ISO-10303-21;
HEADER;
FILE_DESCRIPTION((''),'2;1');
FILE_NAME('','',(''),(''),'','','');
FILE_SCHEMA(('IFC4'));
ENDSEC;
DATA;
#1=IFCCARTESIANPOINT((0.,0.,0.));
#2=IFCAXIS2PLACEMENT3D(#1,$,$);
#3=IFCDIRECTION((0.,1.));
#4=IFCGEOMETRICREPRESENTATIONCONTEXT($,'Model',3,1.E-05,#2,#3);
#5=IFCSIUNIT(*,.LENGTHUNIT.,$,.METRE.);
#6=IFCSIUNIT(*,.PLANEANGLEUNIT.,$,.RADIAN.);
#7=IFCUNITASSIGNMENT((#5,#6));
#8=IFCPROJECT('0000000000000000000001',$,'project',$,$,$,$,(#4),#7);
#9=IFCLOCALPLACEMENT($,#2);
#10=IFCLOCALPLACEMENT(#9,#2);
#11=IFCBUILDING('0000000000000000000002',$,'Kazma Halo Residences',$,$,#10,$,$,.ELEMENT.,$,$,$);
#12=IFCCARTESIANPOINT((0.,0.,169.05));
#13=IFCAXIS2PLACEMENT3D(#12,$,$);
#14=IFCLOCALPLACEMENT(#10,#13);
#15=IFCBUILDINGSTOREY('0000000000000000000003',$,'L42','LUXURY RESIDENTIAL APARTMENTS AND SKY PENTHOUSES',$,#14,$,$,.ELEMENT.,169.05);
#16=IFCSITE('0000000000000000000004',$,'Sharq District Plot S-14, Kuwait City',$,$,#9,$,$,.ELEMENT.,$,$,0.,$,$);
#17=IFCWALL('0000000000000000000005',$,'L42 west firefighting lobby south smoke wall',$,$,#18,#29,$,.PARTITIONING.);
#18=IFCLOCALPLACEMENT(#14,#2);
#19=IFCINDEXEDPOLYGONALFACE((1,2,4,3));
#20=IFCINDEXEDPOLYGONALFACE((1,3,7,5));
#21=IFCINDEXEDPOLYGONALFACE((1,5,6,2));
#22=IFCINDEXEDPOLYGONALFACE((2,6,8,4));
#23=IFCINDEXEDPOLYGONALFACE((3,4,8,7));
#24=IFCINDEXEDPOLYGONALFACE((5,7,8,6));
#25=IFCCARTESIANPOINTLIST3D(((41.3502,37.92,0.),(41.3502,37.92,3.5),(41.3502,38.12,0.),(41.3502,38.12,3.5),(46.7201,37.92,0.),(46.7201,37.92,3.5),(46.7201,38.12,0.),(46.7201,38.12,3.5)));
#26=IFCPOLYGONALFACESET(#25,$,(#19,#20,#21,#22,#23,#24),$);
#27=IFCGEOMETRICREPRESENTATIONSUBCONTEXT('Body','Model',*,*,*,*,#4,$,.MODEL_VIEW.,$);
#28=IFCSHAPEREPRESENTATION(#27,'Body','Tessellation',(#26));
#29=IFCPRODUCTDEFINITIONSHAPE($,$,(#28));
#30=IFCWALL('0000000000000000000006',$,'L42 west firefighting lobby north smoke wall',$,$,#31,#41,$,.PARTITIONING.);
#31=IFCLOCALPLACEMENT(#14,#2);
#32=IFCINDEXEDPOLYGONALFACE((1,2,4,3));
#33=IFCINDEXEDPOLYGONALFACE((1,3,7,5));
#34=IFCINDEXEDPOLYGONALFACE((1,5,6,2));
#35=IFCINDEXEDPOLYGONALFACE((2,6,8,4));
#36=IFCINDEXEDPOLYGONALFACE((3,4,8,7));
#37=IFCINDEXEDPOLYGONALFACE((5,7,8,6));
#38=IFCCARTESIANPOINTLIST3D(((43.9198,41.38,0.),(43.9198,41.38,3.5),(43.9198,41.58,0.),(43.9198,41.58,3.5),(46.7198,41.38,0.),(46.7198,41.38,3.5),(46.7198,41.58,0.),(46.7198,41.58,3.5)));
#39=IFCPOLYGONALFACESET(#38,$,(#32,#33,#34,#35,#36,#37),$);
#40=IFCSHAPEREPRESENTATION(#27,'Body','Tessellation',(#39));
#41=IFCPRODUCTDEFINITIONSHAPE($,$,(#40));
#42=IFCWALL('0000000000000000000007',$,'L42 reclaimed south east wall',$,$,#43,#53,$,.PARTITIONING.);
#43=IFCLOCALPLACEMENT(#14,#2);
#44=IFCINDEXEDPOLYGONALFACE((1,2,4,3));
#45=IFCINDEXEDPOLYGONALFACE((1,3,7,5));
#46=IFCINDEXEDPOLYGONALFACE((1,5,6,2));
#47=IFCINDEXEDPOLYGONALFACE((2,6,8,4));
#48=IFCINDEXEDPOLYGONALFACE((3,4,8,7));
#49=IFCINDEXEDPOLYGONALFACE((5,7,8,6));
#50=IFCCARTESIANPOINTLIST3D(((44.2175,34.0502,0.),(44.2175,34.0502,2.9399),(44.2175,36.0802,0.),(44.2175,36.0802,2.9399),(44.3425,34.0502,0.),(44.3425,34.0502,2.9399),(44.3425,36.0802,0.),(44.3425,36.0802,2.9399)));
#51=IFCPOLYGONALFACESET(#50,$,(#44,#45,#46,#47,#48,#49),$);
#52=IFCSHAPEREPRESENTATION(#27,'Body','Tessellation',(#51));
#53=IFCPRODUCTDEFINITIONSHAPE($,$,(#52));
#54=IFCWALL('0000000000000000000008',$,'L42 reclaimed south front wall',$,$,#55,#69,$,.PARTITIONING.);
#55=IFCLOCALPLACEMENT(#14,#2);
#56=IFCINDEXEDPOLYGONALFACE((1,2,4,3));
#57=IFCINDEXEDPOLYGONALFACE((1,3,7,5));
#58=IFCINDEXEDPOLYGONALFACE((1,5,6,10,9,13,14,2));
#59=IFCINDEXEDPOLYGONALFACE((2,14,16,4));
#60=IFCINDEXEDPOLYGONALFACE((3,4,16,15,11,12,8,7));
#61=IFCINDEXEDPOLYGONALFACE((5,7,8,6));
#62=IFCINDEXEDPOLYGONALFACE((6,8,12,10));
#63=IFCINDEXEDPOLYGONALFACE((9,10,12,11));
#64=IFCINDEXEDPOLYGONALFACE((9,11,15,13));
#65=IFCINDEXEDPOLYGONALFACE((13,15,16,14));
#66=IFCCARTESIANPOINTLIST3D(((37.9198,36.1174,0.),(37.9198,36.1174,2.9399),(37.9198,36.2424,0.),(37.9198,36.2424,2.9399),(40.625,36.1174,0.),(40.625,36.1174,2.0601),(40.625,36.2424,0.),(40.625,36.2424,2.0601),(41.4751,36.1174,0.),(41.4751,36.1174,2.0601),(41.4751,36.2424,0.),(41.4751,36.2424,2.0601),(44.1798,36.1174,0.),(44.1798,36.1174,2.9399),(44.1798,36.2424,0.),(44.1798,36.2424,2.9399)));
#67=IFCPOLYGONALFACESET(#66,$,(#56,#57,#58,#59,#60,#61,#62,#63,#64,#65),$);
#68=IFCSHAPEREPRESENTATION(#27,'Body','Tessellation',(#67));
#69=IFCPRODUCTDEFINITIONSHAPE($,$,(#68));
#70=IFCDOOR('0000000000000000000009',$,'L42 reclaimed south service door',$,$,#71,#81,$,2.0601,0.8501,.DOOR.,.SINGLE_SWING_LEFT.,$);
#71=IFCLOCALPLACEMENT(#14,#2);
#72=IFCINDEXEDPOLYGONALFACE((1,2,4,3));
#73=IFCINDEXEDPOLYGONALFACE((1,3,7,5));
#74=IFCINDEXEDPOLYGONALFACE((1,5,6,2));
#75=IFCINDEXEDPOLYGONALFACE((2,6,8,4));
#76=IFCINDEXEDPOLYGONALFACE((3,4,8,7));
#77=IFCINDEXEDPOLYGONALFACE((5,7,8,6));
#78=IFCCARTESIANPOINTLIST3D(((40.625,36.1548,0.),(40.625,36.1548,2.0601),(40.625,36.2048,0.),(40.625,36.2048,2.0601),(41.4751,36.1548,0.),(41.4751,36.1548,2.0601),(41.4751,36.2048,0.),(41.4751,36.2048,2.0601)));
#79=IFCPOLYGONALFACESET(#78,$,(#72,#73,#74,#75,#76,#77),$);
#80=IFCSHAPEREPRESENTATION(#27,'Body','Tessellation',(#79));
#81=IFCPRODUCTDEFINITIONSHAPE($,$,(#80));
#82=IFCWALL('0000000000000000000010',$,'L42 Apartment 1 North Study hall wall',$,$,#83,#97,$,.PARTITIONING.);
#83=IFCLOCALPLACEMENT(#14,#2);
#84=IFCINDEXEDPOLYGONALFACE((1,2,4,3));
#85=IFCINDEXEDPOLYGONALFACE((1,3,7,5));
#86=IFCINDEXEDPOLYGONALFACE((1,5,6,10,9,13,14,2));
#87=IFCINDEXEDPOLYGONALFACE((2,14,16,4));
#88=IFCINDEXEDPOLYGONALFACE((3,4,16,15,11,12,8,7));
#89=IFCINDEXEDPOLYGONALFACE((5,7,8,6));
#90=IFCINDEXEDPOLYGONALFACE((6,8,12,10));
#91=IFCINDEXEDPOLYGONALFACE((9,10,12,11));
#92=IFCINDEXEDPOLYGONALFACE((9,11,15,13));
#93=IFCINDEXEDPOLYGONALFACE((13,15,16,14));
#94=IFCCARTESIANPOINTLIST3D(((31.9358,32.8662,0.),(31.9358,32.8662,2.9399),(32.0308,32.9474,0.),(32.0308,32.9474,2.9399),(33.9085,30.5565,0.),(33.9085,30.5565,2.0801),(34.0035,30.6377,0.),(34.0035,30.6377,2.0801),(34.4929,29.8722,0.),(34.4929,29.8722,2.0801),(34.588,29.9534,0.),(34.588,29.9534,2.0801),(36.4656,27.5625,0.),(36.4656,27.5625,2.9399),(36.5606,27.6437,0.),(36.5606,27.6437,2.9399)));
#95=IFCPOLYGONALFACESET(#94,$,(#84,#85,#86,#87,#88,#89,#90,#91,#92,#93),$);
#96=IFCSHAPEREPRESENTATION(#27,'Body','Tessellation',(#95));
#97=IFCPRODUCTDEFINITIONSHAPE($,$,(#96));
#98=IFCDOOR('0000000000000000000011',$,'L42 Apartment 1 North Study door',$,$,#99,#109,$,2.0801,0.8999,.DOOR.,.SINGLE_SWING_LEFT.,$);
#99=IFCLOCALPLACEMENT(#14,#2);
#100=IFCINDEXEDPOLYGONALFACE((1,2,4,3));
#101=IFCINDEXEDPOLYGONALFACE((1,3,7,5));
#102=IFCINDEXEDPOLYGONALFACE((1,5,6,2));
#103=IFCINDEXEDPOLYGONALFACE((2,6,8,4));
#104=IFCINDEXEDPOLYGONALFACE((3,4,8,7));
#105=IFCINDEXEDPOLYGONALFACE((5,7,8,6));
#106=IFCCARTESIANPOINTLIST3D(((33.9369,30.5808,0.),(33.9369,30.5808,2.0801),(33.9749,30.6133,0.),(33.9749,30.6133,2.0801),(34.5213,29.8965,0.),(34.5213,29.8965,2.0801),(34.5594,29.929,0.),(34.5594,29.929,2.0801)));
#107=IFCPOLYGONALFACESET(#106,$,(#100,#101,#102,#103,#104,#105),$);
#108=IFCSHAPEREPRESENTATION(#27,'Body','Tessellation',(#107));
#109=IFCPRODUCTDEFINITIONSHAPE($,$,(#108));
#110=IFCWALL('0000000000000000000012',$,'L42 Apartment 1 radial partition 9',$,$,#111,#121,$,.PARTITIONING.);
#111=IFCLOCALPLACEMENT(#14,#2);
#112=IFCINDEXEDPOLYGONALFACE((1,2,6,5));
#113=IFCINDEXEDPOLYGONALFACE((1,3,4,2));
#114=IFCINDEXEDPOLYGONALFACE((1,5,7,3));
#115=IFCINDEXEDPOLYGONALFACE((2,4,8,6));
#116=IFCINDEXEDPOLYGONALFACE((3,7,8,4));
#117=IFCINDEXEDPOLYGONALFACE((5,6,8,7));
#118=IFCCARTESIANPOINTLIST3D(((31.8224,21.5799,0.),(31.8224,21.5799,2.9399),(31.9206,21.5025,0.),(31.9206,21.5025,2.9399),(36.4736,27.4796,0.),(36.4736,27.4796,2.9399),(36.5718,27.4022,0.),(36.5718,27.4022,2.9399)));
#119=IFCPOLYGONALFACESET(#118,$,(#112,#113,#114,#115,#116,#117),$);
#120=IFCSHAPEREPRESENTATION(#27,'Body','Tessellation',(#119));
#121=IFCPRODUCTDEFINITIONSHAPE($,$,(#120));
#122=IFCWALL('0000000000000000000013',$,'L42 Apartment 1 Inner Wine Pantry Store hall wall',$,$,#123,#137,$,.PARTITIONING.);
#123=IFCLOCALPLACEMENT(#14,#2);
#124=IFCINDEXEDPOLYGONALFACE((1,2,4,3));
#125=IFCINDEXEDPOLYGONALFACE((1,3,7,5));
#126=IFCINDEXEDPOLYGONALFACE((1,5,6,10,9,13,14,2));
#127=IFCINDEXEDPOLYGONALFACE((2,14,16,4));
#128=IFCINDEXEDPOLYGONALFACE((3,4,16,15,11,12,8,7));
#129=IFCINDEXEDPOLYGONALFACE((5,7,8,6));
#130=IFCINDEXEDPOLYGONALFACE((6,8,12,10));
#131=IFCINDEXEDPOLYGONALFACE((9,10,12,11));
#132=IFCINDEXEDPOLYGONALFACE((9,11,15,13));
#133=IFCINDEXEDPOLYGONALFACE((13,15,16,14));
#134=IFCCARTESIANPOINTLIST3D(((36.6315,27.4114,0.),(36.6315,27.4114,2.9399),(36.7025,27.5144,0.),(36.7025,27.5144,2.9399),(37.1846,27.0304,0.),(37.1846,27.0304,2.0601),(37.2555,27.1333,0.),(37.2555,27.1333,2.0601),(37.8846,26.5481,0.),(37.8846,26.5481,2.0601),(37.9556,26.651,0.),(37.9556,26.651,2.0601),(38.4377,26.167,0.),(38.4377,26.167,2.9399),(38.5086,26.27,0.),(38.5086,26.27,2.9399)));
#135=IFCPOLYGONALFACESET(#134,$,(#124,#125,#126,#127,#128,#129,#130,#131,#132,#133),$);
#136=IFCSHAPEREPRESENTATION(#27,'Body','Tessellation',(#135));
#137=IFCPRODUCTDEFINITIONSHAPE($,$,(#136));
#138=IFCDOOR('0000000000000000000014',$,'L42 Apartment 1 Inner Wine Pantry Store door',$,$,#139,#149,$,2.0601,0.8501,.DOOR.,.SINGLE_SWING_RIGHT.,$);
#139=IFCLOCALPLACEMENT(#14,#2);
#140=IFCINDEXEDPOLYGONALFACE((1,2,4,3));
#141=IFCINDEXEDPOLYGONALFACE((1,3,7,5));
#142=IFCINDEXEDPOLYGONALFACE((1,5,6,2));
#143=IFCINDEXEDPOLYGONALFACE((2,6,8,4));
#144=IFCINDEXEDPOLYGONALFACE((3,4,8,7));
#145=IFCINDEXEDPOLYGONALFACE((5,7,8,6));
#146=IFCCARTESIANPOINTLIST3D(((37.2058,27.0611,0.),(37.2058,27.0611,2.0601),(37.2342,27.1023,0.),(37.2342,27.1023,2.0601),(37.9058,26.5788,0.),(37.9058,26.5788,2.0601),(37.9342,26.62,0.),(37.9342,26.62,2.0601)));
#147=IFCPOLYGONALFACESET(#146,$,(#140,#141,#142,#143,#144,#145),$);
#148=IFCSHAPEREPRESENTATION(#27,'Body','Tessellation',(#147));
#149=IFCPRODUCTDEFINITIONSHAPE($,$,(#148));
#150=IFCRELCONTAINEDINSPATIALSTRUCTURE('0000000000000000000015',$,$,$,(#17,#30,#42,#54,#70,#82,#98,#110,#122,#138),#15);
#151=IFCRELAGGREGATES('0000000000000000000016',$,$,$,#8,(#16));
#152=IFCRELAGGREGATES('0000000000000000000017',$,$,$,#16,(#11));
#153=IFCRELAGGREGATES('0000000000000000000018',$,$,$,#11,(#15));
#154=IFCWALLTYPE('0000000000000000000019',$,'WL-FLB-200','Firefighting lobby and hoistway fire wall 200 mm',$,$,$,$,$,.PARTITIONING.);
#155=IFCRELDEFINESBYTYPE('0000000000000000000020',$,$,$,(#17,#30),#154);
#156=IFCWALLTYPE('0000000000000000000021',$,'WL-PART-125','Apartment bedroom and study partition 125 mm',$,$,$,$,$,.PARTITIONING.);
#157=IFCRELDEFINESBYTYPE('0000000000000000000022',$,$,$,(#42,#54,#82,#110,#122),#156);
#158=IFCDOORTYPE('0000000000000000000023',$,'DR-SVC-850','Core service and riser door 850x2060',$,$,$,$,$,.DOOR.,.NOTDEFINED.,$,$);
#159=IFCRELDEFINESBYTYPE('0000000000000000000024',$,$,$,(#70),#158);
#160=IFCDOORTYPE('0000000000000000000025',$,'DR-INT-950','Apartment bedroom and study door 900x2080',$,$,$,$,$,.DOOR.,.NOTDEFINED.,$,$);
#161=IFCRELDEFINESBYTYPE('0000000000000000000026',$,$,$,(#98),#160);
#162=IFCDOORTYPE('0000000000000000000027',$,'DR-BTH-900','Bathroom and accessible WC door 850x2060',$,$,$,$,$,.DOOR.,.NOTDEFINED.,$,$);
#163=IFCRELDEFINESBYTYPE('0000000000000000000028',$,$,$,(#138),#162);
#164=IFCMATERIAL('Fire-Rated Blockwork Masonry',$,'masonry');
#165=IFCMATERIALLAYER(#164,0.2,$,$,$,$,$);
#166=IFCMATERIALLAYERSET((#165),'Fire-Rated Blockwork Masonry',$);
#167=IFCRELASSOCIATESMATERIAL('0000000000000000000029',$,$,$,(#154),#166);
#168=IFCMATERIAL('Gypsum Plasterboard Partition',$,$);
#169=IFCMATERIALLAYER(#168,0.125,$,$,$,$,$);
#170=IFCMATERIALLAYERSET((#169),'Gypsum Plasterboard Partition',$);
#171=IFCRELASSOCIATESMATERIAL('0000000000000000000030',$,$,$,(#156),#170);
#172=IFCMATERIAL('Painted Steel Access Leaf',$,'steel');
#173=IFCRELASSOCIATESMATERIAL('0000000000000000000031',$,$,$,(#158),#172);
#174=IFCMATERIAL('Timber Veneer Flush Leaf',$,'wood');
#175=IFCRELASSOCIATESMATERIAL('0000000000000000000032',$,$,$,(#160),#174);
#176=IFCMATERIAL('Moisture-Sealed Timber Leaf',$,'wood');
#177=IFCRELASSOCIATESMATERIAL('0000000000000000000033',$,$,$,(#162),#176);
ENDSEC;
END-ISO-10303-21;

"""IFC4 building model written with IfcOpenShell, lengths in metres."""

from ifc_helpers import new_model, si_unit, direction, frame, frame_2d, origin, place, context, subcontext, project, spatial, rectangle, extrude, material, layer, layer_set, type_object, element, fill, save


model = new_model("IFC4")

# Units and contexts
model_context = context("Model", 3, precision=1e-05, world=origin(), true_north=direction((0.0, 1.0)))
body_context = subcontext(model_context, "Body", "Model", "MODEL_VIEW")
ifc_project = project(units=[si_unit("LENGTHUNIT", "METRE"), si_unit("PLANEANGLEUNIT", "RADIAN")], contexts=[model_context])

# Site, building, storey
site_placement = place(None, origin())
site = spatial("IfcSite", under=ifc_project, at=site_placement, Name="Sharq District Plot S-14, Kuwait City", CompositionType="ELEMENT", RefElevation=0.0)
building_placement = place(site_placement, origin())
building = spatial("IfcBuilding", under=site, at=building_placement, Name="Kazma Halo Residences", CompositionType="ELEMENT")
storey_placement = place(building_placement, frame((0.0, 0.0, 169.05)))
storey = spatial("IfcBuildingStorey", under=building, at=storey_placement, Name="L42", Description="LUXURY RESIDENTIAL APARTMENTS AND SKY PENTHOUSES", CompositionType="ELEMENT", Elevation=169.05)

# Walls
ifc_material_1 = material(Name="Fire-Rated Blockwork Masonry", Category="masonry")
ifc_layer_1 = layer(ifc_material_1, 0.2)
ifc_layer_set_1 = layer_set([ifc_layer_1], Name="Fire-Rated Blockwork Masonry")
wall_type_1 = type_object("IfcWallType", Name="WL-FLB-200", Description="Firefighting lobby and hoistway fire wall 200 mm", PredefinedType="PARTITIONING", material=ifc_layer_set_1)
wall_1_placement = place(storey_placement, frame((41.3501, 38.02, 0.0), z_axis=(0.0, 0.0, 1.0), x_axis=(1.0, 0.0, 0.0)))
element("IfcWall", 1, at=wall_1_placement, inside=storey, type_object=wall_type_1, Name="L42 west firefighting lobby south smoke wall", PredefinedType="PARTITIONING", context=body_context, shape_type="SweptSolid", body=[
    extrude(rectangle(XDim=5.3699, YDim=0.2, at=frame_2d((2.6851, 0.0))), origin(), (0.0, 0.0, 1.0), 3.5),
])
wall_2_placement = place(storey_placement, frame((43.9199, 41.48, 0.0), z_axis=(0.0, 0.0, 1.0), x_axis=(1.0, 0.0, 0.0)))
element("IfcWall", 2, at=wall_2_placement, inside=storey, type_object=wall_type_1, Name="L42 west firefighting lobby north smoke wall", PredefinedType="PARTITIONING", context=body_context, shape_type="SweptSolid", body=[
    extrude(rectangle(XDim=2.8, YDim=0.2, at=frame_2d((1.3999, 0.0))), origin(), (0.0, 0.0, 1.0), 3.5),
])
ifc_material_2 = material(Name="Gypsum Plasterboard Partition")
ifc_layer_2 = layer(ifc_material_2, 0.125)
ifc_layer_set_2 = layer_set([ifc_layer_2], Name="Gypsum Plasterboard Partition")
wall_type_2 = type_object("IfcWallType", Name="WL-PART-125", Description="Apartment bedroom and study partition 125 mm", PredefinedType="PARTITIONING", material=ifc_layer_set_2)
wall_3_placement = place(storey_placement, frame((44.28, 34.05, 0.0), z_axis=(0.0, 0.0, 1.0), x_axis=(0.0, 1.0, 0.0)))
element("IfcWall", 3, at=wall_3_placement, inside=storey, type_object=wall_type_2, Name="L42 reclaimed south east wall", PredefinedType="PARTITIONING", context=body_context, shape_type="SweptSolid", body=[
    extrude(rectangle(XDim=2.03, YDim=0.125, at=frame_2d((1.0151, 0.0))), origin(), (0.0, 0.0, 1.0), 2.9399),
])

# Walls, openings, doors
wall_4_placement = place(storey_placement, frame((37.9199, 36.1799, 0.0), z_axis=(0.0, 0.0, 1.0), x_axis=(1.0, 0.0, 0.0)))
wall_4 = element("IfcWall", 4, at=wall_4_placement, inside=storey, type_object=wall_type_2, Name="L42 reclaimed south front wall", PredefinedType="PARTITIONING", context=body_context, shape_type="SweptSolid", body=[
    extrude(rectangle(XDim=6.26, YDim=0.125, at=frame_2d((3.1299, 0.0))), origin(), (0.0, 0.0, 1.0), 2.9399),
])
opening_1_placement = place(wall_4_placement, frame((2.7051, 0.0, 0.0)))
opening_1 = element("IfcOpeningElement", 5, at=opening_1_placement, cuts=wall_4, PredefinedType="OPENING", context=body_context, shape_type="SweptSolid", body=[
    extrude(rectangle(XDim=0.8501, YDim=2.0601, at=frame_2d((0.425, 1.03))), frame((0.0, 0.0725, 0.0), z_axis=(0.0, -1.0, 0.0), x_axis=(1.0, 0.0, 0.0)), (0.0, 0.0, 1.0), 0.145),
])
ifc_material_3 = material(Name="Painted Steel Access Leaf", Category="steel")
door_type_1 = type_object("IfcDoorType", Name="DR-SVC-850", Description="Core service and riser door 850x2060", OperationType="NOTDEFINED", PredefinedType="DOOR", material=ifc_material_3)
door_1_placement = place(opening_1_placement, origin())
door_1 = element("IfcDoor", 6, at=door_1_placement, inside=storey, type_object=door_type_1, Name="L42 reclaimed south service door", OperationType="SINGLE_SWING_LEFT", OverallHeight=2.0601, OverallWidth=0.8501, PredefinedType="DOOR", context=body_context, shape_type="SweptSolid", body=[
    extrude(rectangle(XDim=0.8501, YDim=2.0601, at=frame_2d((0.425, 1.03))), frame((0.0, 0.0249, 0.0), z_axis=(0.0, -1.0, 0.0), x_axis=(1.0, 0.0, 0.0)), (0.0, 0.0, 1.0), 0.05),
])
fill(opening_1, door_1)
wall_5_placement = place(storey_placement, frame((31.9834, 32.9067, 0.0), z_axis=(0.0, 0.0, 1.0), x_axis=(0.649447, -0.760407, 0.0)))
wall_5 = element("IfcWall", 7, at=wall_5_placement, inside=storey, type_object=wall_type_2, Name="L42 Apartment 1 North Study hall wall", PredefinedType="PARTITIONING", context=body_context, shape_type="SweptSolid", body=[
    extrude(rectangle(XDim=6.9749, YDim=0.125, at=frame_2d((3.4873, 0.0))), origin(), (0.0, 0.0, 1.0), 2.9399),
])
opening_2_placement = place(wall_5_placement, frame((3.0374, 0.0, 0.0)))
opening_2 = element("IfcOpeningElement", 8, at=opening_2_placement, cuts=wall_5, PredefinedType="OPENING", context=body_context, shape_type="SweptSolid", body=[
    extrude(rectangle(XDim=0.8999, YDim=2.0801, at=frame_2d((0.45, 1.04))), frame((0.0, 0.0725, 0.0), z_axis=(0.0, -1.0, 0.0), x_axis=(1.0, 0.0, 0.0)), (0.0, 0.0, 1.0), 0.145),
])
ifc_material_4 = material(Name="Timber Veneer Flush Leaf", Category="wood")
door_type_2 = type_object("IfcDoorType", Name="DR-INT-950", Description="Apartment bedroom and study door 900x2080", OperationType="NOTDEFINED", PredefinedType="DOOR", material=ifc_material_4)
door_2_placement = place(opening_2_placement, origin())
door_2 = element("IfcDoor", 9, at=door_2_placement, inside=storey, type_object=door_type_2, Name="L42 Apartment 1 North Study door", OperationType="SINGLE_SWING_LEFT", OverallHeight=2.0801, OverallWidth=0.8999, PredefinedType="DOOR", context=body_context, shape_type="SweptSolid", body=[
    extrude(rectangle(XDim=0.8999, YDim=2.0801, at=frame_2d((0.45, 1.04))), frame((0.0, 0.0249, 0.0), z_axis=(0.0, -1.0, 0.0), x_axis=(1.0, 0.0, 0.0)), (0.0, 0.0, 1.0), 0.05),
])
fill(opening_2, door_2)

# Wall
wall_6_placement = place(storey_placement, frame((36.5227, 27.4409, 0.0), z_axis=(0.0, 0.0, 1.0), x_axis=(-0.619111, -0.785303, 0.0)))
element("IfcWall", 10, at=wall_6_placement, inside=storey, type_object=wall_type_2, Name="L42 Apartment 1 radial partition 9", PredefinedType="PARTITIONING", context=body_context, shape_type="SweptSolid", body=[
    extrude(rectangle(XDim=7.5127, YDim=0.125, at=frame_2d((3.7563, 0.0))), origin(), (0.0, 0.0, 1.0), 2.9399),
])

# Wall, opening, door
wall_7_placement = place(storey_placement, frame((36.667, 27.4629, 0.0), z_axis=(0.0, 0.0, 1.0), x_axis=(0.823476, -0.567351, 0.0)))
wall_7 = element("IfcWall", 11, at=wall_7_placement, inside=storey, type_object=wall_type_2, Name="L42 Apartment 1 Inner Wine Pantry Store hall wall", PredefinedType="PARTITIONING", context=body_context, shape_type="SweptSolid", body=[
    extrude(rectangle(XDim=2.1934, YDim=0.125, at=frame_2d((1.0967, 0.0))), origin(), (0.0, 0.0, 1.0), 2.9399),
])
opening_3_placement = place(wall_7_placement, frame((0.6716, 0.0, 0.0)))
opening_3 = element("IfcOpeningElement", 12, at=opening_3_placement, cuts=wall_7, PredefinedType="OPENING", context=body_context, shape_type="SweptSolid", body=[
    extrude(rectangle(XDim=0.8501, YDim=2.0601, at=frame_2d((0.425, 1.03))), frame((0.0, 0.0725, 0.0), z_axis=(0.0, -1.0, 0.0), x_axis=(1.0, 0.0, 0.0)), (0.0, 0.0, 1.0), 0.145),
])
ifc_material_5 = material(Name="Moisture-Sealed Timber Leaf", Category="wood")
door_type_3 = type_object("IfcDoorType", Name="DR-BTH-900", Description="Bathroom and accessible WC door 850x2060", OperationType="NOTDEFINED", PredefinedType="DOOR", material=ifc_material_5)
door_3_placement = place(opening_3_placement, origin())
door_3 = element("IfcDoor", 13, at=door_3_placement, inside=storey, type_object=door_type_3, Name="L42 Apartment 1 Inner Wine Pantry Store door", OperationType="SINGLE_SWING_RIGHT", OverallHeight=2.0601, OverallWidth=0.8501, PredefinedType="DOOR", context=body_context, shape_type="SweptSolid", body=[
    extrude(rectangle(XDim=0.8501, YDim=2.0601, at=frame_2d((0.425, 1.03))), frame((0.0, 0.0249, 0.0), z_axis=(0.0, -1.0, 0.0), x_axis=(1.0, 0.0, 0.0)), (0.0, 0.0, 1.0), 0.05),
])
fill(opening_3, door_3)

save(model, "model.ifc")
